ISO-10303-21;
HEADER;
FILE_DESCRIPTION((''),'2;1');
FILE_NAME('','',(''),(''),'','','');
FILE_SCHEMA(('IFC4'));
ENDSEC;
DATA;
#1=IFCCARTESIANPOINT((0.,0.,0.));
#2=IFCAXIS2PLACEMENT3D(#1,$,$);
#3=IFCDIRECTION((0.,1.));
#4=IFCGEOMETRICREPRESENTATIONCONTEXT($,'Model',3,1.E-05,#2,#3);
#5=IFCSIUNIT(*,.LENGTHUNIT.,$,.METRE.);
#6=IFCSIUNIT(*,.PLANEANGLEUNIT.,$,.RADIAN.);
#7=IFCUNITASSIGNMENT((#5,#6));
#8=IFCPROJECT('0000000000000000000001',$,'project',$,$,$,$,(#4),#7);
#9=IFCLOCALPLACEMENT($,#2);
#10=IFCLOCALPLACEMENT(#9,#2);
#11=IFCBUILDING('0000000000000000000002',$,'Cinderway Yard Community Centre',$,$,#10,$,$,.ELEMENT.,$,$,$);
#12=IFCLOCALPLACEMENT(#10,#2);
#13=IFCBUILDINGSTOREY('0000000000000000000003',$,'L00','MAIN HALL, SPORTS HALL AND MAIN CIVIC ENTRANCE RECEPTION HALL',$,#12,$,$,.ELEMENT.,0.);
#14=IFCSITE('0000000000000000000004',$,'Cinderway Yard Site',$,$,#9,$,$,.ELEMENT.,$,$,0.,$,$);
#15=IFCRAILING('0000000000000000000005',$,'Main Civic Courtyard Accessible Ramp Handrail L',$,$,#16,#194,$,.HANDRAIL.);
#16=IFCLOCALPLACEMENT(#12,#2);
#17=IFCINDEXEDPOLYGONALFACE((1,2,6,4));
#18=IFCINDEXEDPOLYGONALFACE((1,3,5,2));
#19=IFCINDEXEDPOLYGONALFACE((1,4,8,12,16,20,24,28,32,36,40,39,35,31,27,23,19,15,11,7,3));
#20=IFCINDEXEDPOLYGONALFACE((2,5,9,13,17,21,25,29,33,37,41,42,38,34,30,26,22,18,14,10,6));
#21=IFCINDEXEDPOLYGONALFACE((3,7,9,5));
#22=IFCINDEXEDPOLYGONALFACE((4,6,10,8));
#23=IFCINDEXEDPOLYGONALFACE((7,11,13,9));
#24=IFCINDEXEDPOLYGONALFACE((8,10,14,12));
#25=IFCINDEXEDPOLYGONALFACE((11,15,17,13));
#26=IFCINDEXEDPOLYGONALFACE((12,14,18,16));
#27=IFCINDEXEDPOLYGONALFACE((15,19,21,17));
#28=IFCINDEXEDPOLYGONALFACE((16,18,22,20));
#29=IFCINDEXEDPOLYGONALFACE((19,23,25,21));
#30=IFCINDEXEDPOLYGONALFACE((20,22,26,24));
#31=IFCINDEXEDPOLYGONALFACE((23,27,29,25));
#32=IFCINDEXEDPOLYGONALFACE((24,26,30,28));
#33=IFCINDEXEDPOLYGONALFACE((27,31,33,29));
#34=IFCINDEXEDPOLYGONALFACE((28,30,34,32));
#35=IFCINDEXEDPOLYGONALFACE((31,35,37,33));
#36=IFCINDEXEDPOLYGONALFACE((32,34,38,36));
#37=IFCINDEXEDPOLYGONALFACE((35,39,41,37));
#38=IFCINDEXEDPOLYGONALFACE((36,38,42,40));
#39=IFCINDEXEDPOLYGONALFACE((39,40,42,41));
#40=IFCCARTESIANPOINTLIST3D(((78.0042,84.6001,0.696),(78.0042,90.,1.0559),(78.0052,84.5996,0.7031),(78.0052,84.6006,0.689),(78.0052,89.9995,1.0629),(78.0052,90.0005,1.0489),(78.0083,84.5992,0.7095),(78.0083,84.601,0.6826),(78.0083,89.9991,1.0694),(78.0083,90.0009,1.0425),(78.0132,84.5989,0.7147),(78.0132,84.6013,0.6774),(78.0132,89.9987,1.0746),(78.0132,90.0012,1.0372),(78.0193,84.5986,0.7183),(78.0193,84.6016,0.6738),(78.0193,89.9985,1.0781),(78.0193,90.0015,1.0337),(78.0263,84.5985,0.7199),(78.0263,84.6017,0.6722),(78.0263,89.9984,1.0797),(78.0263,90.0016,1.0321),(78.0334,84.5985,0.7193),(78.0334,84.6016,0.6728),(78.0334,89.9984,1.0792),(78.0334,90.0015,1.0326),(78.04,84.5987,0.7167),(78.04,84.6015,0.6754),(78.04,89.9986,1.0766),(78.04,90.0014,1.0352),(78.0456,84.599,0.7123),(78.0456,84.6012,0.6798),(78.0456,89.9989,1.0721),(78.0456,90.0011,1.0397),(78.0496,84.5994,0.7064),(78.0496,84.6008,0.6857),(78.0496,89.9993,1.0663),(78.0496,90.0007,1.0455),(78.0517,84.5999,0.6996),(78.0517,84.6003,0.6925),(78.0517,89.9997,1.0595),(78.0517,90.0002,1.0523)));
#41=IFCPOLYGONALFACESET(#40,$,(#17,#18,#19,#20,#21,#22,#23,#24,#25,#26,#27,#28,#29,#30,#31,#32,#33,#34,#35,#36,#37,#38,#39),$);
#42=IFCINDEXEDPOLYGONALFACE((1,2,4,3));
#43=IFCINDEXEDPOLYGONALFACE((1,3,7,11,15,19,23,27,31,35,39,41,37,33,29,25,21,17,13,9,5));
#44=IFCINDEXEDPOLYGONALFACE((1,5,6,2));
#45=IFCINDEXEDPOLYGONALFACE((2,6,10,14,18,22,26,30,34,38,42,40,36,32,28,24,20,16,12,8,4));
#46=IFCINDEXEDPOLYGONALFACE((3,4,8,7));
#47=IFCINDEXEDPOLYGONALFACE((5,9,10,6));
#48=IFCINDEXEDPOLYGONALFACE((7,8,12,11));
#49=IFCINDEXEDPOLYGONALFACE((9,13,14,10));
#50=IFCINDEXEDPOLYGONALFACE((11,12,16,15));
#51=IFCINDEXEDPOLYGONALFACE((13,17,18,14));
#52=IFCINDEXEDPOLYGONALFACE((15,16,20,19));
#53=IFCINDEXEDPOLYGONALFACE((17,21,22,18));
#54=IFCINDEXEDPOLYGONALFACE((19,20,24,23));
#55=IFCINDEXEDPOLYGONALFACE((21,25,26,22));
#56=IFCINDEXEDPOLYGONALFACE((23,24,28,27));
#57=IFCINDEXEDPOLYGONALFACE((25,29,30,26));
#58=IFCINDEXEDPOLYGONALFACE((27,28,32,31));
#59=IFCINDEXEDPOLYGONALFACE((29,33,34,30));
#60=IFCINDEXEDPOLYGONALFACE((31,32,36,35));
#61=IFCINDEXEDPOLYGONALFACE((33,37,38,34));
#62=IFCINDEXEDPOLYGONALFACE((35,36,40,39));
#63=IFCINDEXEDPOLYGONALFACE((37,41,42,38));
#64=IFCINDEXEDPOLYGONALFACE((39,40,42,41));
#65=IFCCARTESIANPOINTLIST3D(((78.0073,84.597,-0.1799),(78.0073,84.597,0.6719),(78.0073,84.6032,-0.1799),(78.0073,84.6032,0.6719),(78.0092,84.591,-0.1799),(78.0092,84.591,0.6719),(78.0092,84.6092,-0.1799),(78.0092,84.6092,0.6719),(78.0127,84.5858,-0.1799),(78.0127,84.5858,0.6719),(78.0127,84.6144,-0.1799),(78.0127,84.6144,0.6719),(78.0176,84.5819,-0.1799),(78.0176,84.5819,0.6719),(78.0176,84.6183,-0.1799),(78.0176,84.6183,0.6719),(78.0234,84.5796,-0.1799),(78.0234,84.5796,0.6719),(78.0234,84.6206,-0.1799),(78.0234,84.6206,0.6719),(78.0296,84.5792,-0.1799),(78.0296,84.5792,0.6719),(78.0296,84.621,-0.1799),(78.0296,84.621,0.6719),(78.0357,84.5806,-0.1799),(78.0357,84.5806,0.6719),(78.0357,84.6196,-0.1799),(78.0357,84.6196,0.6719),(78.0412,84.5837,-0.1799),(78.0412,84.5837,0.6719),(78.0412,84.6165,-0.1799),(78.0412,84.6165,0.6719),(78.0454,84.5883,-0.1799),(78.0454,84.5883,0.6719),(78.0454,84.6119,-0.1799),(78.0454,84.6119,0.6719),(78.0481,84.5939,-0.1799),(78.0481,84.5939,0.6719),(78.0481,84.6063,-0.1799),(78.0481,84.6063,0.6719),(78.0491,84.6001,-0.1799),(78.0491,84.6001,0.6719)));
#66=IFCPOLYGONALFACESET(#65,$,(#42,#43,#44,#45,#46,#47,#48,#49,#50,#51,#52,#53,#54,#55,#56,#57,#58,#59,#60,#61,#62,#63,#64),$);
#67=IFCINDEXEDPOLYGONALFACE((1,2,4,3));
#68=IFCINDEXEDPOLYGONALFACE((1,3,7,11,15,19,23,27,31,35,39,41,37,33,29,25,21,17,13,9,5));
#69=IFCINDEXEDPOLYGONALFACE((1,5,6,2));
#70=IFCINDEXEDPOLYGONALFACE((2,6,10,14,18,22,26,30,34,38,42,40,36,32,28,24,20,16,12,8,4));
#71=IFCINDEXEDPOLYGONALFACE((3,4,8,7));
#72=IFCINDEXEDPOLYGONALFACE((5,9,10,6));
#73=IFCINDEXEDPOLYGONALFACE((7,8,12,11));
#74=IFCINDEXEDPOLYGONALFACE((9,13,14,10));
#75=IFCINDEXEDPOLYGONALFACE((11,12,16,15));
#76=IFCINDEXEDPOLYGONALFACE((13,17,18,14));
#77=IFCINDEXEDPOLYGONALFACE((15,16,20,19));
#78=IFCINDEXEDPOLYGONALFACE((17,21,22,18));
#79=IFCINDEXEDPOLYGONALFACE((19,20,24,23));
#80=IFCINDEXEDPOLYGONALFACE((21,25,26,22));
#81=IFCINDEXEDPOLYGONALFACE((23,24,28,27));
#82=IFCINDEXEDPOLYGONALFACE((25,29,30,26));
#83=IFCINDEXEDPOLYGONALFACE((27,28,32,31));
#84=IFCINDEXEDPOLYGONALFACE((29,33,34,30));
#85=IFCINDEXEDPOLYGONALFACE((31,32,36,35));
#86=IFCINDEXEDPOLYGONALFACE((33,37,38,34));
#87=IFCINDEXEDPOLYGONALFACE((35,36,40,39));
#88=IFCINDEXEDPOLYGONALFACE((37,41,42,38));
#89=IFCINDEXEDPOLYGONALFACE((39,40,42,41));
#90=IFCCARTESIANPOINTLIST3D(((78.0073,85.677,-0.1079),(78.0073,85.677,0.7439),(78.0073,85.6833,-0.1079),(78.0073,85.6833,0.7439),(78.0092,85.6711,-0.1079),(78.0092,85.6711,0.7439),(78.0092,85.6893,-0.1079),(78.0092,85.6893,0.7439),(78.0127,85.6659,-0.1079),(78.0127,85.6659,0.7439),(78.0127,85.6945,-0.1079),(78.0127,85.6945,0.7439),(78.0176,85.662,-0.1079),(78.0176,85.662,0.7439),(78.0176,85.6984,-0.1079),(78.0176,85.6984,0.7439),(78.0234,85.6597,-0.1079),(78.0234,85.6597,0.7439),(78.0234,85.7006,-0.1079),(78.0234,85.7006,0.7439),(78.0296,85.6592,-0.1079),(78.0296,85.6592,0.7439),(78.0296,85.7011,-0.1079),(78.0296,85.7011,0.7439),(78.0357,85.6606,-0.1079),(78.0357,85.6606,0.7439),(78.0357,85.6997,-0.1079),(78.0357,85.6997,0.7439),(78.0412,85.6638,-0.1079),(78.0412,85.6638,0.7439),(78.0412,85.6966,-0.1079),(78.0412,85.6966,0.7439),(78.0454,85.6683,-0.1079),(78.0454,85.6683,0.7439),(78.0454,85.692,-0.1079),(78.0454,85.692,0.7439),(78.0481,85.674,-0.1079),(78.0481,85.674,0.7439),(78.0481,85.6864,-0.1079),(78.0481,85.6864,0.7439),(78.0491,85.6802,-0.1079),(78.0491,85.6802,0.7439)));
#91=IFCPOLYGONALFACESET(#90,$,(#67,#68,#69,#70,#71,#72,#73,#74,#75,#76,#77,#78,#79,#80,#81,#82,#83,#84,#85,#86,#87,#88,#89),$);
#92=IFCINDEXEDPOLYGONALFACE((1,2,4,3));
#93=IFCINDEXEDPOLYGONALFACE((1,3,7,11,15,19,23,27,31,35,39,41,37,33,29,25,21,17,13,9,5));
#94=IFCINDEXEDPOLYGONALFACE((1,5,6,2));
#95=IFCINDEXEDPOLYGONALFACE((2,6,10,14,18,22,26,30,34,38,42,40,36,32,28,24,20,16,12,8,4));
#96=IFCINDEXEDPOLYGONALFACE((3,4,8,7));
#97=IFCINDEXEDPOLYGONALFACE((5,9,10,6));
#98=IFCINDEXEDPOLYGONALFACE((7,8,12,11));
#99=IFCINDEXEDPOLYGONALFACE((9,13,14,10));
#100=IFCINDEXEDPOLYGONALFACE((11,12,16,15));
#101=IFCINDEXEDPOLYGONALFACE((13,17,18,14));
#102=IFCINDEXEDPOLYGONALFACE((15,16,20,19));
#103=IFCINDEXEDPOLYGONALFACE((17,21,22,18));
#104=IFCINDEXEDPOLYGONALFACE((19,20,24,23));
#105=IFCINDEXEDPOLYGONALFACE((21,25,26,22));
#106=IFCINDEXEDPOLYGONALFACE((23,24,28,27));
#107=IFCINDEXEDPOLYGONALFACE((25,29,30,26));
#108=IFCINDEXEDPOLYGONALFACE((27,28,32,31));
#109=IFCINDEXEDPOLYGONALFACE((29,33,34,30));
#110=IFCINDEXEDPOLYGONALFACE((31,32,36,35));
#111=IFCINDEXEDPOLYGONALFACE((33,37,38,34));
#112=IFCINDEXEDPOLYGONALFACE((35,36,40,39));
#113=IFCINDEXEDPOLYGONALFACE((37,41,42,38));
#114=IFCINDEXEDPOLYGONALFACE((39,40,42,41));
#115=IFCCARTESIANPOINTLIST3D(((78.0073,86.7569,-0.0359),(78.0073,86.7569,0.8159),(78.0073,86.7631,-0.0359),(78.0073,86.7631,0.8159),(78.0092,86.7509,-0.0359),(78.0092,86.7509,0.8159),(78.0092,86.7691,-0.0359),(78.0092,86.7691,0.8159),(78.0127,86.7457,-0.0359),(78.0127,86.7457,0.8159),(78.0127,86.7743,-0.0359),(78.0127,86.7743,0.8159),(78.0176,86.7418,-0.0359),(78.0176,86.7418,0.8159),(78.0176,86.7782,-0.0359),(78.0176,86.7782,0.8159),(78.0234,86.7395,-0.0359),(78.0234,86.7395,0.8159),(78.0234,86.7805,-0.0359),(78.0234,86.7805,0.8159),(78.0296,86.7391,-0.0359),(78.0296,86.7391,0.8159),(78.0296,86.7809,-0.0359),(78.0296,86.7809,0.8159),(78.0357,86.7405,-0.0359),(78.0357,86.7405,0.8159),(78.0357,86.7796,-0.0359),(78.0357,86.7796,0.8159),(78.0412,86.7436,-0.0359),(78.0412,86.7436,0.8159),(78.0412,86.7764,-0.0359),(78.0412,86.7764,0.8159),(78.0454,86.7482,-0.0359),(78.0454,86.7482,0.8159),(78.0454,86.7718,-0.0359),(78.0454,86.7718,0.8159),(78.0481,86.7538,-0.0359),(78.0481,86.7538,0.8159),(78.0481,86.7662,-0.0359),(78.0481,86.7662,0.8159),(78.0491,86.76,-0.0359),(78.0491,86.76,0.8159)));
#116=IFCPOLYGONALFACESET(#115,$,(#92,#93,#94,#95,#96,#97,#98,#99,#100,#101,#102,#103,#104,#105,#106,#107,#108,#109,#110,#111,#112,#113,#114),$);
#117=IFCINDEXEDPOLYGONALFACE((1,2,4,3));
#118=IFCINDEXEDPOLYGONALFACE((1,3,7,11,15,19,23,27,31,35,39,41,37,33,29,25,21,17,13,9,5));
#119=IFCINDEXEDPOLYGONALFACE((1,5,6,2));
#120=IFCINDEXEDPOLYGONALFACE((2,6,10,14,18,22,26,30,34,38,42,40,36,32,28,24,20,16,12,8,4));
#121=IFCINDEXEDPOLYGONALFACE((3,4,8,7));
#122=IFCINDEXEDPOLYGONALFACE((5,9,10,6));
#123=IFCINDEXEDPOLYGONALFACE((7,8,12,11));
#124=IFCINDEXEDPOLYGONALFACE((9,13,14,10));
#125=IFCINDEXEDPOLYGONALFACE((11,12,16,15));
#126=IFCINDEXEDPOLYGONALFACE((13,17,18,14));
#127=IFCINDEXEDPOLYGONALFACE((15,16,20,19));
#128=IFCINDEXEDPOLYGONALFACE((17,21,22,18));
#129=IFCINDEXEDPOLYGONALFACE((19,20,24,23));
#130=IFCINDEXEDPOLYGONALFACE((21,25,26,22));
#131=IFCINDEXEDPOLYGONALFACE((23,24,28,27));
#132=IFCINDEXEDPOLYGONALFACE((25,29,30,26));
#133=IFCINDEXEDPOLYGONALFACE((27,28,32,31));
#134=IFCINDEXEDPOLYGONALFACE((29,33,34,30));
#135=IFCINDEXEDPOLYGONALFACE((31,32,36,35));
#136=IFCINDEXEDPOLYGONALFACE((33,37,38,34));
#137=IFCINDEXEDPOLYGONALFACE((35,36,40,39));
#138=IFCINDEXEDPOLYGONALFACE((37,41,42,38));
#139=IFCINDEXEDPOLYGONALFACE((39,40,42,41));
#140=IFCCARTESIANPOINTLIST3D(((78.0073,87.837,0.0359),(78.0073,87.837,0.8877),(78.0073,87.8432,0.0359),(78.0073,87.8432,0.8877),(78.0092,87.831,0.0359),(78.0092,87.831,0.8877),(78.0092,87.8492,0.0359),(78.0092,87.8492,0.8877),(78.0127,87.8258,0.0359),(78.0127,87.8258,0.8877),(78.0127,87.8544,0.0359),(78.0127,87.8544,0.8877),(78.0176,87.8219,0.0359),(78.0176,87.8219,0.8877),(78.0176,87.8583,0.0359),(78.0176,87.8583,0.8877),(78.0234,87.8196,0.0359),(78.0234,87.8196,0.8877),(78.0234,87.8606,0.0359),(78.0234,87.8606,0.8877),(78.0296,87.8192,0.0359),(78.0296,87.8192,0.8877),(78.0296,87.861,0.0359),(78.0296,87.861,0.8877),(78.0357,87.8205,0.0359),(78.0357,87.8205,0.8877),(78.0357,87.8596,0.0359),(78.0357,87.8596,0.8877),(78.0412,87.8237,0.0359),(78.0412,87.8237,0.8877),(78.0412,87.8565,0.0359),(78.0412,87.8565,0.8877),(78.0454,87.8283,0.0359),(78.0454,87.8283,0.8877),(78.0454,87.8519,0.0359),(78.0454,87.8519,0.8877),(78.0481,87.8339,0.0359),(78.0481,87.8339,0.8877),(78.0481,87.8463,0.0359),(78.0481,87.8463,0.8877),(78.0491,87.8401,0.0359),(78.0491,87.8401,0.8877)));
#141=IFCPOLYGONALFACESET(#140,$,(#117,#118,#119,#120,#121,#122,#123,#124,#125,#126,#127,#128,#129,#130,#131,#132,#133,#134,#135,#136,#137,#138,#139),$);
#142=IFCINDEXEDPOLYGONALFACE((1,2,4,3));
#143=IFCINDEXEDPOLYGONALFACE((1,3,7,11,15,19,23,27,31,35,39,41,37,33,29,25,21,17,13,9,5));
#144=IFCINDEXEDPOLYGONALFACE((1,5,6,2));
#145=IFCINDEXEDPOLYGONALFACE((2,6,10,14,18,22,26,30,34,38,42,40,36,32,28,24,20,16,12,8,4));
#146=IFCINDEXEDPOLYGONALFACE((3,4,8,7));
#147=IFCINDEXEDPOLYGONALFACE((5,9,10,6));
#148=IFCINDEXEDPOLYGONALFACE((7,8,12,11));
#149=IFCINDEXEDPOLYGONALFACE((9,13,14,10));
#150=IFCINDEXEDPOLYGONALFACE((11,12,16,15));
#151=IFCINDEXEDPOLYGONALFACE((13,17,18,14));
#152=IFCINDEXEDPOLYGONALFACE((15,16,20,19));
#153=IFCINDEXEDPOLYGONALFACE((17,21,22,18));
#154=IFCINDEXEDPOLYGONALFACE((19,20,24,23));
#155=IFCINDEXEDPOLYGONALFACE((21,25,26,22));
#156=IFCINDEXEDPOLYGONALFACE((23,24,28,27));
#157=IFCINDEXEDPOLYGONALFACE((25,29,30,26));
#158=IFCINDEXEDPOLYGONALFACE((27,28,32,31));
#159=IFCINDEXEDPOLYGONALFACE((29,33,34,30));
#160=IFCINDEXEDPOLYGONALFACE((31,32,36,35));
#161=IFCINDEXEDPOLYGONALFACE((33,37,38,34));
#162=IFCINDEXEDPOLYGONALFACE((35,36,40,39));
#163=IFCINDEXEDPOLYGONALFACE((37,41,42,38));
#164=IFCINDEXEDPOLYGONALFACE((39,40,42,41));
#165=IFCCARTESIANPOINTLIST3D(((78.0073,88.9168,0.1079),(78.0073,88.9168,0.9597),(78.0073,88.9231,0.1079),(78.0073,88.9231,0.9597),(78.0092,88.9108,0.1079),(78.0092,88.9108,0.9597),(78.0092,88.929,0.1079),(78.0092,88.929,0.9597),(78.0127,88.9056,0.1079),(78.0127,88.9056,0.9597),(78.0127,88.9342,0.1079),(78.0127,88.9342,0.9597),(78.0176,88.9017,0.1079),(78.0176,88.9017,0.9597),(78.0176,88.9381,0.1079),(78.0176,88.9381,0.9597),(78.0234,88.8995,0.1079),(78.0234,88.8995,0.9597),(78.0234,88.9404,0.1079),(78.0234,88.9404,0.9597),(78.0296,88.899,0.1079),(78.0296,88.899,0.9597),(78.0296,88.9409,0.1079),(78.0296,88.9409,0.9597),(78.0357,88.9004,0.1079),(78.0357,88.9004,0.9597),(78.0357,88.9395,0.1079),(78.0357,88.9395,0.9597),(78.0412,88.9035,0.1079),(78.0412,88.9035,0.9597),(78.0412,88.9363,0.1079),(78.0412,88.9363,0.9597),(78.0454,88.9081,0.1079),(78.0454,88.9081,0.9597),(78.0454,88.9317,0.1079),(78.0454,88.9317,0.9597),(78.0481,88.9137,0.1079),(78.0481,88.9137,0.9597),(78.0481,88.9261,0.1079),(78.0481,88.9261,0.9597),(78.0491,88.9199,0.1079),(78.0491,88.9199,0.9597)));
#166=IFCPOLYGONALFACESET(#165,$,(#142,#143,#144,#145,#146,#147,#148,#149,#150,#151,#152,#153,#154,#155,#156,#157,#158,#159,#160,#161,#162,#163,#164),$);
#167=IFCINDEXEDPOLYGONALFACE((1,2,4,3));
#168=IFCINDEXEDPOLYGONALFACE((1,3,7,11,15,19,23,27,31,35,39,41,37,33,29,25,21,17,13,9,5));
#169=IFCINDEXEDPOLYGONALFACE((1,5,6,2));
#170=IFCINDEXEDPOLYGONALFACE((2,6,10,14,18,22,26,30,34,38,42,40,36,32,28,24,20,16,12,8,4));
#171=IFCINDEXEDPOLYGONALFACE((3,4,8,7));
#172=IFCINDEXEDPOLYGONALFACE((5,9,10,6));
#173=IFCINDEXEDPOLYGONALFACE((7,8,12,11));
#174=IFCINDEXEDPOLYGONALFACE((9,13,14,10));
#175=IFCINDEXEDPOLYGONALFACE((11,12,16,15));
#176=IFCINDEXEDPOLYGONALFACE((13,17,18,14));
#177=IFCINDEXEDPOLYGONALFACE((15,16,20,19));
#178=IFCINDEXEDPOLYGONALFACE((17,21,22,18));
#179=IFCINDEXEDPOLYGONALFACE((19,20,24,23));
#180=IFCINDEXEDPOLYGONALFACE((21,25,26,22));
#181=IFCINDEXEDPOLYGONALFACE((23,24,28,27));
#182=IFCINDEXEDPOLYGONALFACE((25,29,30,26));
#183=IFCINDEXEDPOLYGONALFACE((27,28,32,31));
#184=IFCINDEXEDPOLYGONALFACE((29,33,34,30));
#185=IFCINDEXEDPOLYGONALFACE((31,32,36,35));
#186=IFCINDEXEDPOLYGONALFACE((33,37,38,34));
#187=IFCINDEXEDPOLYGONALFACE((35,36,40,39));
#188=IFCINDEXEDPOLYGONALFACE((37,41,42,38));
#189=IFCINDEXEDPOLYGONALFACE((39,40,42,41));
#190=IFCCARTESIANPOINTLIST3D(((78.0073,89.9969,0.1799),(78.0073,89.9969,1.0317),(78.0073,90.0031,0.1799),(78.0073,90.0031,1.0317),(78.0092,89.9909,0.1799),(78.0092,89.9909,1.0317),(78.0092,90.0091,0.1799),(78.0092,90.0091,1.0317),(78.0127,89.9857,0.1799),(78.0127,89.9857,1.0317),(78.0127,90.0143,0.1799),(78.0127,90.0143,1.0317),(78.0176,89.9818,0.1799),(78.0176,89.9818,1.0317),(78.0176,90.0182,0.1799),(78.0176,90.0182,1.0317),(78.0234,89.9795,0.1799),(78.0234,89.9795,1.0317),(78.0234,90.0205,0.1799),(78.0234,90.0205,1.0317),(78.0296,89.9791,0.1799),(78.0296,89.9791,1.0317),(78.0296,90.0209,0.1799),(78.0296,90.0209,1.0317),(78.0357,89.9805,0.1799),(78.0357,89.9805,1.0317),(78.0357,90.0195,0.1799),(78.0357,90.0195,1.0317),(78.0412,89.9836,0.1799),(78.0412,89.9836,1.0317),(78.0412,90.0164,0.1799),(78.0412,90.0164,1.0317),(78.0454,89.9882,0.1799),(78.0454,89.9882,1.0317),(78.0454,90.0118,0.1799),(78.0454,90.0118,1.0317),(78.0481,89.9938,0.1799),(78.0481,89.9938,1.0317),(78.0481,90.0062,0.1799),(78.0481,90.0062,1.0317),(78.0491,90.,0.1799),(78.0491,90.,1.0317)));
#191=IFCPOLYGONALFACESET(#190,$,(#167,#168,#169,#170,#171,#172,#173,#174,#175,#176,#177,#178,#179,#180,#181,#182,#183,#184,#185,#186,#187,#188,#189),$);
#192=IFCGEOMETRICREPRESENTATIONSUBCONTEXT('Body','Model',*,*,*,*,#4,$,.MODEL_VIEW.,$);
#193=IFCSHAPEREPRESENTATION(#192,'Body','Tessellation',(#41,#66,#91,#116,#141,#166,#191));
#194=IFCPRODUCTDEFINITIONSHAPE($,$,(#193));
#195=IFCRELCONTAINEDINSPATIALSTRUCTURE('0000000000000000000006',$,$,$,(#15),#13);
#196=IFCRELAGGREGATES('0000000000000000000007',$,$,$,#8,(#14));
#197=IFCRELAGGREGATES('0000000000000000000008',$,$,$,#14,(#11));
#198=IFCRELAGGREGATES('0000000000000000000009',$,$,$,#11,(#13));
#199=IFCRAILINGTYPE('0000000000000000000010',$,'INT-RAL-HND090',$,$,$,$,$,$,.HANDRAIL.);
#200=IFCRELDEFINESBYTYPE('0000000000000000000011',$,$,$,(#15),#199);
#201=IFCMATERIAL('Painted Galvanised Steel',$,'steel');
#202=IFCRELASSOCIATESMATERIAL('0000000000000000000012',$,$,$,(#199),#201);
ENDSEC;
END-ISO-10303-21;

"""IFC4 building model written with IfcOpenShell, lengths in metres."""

from ifc_helpers import new_model, si_unit, direction, frame, origin, origin_2d, place, context, subcontext, project, spatial, circle, extrude, material, type_object, element, save


model = new_model("IFC4")

# Units and contexts
model_context = context("Model", 3, precision=1e-05, world=origin(), true_north=direction((0.0, 1.0)))
body_context = subcontext(model_context, "Body", "Model", "MODEL_VIEW")
ifc_project = project(units=[si_unit("LENGTHUNIT", "METRE"), si_unit("PLANEANGLEUNIT", "RADIAN")], contexts=[model_context])

# Site, building, storey
site_placement = place(None, origin())
site = spatial("IfcSite", under=ifc_project, at=site_placement, Name="Cinderway Yard Site", CompositionType="ELEMENT", RefElevation=0.0)
building_placement = place(site_placement, origin())
building = spatial("IfcBuilding", under=site, at=building_placement, Name="Cinderway Yard Community Centre", CompositionType="ELEMENT")
storey_placement = place(building_placement, origin())
storey = spatial("IfcBuildingStorey", under=building, at=storey_placement, Name="L00", Description="MAIN HALL, SPORTS HALL AND MAIN CIVIC ENTRANCE RECEPTION HALL", CompositionType="ELEMENT", Elevation=0.0)

# Railing
ifc_material_1 = material(Name="Painted Galvanised Steel", Category="steel")
railing_type = type_object("IfcRailingType", Name="INT-RAL-HND090", PredefinedType="HANDRAIL", material=ifc_material_1)
for number, where, name in (
    (1, (78.0281, 84.6001, -0.1799), "Main Civic Courtyard Accessible Ramp Handrail L"),
):
    element("IfcRailing", number, at=place(storey_placement, frame(where)), inside=storey, type_object=railing_type, Name=name, PredefinedType="HANDRAIL", context=body_context, shape_type="SweptSolid", body=[
        extrude(circle(Radius=0.0239, at=origin_2d()), frame((0.0, 0.0, 0.876), z_axis=(0.0, 0.997787, 0.066495), x_axis=(-1.0, 0.0, 0.0)), (0.0, 0.0, 1.0), 5.4119),
        extrude(circle(Radius=0.021, at=origin_2d()), origin(), (0.0, 0.0, 1.0), 0.8518),
        extrude(circle(Radius=0.021, at=origin_2d()), frame((0.0, 1.0801, 0.072)), (0.0, 0.0, 1.0), 0.8518),
        extrude(circle(Radius=0.021, at=origin_2d()), frame((0.0, 2.1599, 0.144)), (0.0, 0.0, 1.0), 0.8518),
        extrude(circle(Radius=0.021, at=origin_2d()), frame((0.0, 3.24, 0.2158)), (0.0, 0.0, 1.0), 0.8518),
        extrude(circle(Radius=0.021, at=origin_2d()), frame((0.0, 4.3198, 0.2878)), (0.0, 0.0, 1.0), 0.8518),
        extrude(circle(Radius=0.021, at=origin_2d()), frame((0.0, 5.3999, 0.3599)), (0.0, 0.0, 1.0), 0.8518),
    ])

save(model, "model.ifc")
